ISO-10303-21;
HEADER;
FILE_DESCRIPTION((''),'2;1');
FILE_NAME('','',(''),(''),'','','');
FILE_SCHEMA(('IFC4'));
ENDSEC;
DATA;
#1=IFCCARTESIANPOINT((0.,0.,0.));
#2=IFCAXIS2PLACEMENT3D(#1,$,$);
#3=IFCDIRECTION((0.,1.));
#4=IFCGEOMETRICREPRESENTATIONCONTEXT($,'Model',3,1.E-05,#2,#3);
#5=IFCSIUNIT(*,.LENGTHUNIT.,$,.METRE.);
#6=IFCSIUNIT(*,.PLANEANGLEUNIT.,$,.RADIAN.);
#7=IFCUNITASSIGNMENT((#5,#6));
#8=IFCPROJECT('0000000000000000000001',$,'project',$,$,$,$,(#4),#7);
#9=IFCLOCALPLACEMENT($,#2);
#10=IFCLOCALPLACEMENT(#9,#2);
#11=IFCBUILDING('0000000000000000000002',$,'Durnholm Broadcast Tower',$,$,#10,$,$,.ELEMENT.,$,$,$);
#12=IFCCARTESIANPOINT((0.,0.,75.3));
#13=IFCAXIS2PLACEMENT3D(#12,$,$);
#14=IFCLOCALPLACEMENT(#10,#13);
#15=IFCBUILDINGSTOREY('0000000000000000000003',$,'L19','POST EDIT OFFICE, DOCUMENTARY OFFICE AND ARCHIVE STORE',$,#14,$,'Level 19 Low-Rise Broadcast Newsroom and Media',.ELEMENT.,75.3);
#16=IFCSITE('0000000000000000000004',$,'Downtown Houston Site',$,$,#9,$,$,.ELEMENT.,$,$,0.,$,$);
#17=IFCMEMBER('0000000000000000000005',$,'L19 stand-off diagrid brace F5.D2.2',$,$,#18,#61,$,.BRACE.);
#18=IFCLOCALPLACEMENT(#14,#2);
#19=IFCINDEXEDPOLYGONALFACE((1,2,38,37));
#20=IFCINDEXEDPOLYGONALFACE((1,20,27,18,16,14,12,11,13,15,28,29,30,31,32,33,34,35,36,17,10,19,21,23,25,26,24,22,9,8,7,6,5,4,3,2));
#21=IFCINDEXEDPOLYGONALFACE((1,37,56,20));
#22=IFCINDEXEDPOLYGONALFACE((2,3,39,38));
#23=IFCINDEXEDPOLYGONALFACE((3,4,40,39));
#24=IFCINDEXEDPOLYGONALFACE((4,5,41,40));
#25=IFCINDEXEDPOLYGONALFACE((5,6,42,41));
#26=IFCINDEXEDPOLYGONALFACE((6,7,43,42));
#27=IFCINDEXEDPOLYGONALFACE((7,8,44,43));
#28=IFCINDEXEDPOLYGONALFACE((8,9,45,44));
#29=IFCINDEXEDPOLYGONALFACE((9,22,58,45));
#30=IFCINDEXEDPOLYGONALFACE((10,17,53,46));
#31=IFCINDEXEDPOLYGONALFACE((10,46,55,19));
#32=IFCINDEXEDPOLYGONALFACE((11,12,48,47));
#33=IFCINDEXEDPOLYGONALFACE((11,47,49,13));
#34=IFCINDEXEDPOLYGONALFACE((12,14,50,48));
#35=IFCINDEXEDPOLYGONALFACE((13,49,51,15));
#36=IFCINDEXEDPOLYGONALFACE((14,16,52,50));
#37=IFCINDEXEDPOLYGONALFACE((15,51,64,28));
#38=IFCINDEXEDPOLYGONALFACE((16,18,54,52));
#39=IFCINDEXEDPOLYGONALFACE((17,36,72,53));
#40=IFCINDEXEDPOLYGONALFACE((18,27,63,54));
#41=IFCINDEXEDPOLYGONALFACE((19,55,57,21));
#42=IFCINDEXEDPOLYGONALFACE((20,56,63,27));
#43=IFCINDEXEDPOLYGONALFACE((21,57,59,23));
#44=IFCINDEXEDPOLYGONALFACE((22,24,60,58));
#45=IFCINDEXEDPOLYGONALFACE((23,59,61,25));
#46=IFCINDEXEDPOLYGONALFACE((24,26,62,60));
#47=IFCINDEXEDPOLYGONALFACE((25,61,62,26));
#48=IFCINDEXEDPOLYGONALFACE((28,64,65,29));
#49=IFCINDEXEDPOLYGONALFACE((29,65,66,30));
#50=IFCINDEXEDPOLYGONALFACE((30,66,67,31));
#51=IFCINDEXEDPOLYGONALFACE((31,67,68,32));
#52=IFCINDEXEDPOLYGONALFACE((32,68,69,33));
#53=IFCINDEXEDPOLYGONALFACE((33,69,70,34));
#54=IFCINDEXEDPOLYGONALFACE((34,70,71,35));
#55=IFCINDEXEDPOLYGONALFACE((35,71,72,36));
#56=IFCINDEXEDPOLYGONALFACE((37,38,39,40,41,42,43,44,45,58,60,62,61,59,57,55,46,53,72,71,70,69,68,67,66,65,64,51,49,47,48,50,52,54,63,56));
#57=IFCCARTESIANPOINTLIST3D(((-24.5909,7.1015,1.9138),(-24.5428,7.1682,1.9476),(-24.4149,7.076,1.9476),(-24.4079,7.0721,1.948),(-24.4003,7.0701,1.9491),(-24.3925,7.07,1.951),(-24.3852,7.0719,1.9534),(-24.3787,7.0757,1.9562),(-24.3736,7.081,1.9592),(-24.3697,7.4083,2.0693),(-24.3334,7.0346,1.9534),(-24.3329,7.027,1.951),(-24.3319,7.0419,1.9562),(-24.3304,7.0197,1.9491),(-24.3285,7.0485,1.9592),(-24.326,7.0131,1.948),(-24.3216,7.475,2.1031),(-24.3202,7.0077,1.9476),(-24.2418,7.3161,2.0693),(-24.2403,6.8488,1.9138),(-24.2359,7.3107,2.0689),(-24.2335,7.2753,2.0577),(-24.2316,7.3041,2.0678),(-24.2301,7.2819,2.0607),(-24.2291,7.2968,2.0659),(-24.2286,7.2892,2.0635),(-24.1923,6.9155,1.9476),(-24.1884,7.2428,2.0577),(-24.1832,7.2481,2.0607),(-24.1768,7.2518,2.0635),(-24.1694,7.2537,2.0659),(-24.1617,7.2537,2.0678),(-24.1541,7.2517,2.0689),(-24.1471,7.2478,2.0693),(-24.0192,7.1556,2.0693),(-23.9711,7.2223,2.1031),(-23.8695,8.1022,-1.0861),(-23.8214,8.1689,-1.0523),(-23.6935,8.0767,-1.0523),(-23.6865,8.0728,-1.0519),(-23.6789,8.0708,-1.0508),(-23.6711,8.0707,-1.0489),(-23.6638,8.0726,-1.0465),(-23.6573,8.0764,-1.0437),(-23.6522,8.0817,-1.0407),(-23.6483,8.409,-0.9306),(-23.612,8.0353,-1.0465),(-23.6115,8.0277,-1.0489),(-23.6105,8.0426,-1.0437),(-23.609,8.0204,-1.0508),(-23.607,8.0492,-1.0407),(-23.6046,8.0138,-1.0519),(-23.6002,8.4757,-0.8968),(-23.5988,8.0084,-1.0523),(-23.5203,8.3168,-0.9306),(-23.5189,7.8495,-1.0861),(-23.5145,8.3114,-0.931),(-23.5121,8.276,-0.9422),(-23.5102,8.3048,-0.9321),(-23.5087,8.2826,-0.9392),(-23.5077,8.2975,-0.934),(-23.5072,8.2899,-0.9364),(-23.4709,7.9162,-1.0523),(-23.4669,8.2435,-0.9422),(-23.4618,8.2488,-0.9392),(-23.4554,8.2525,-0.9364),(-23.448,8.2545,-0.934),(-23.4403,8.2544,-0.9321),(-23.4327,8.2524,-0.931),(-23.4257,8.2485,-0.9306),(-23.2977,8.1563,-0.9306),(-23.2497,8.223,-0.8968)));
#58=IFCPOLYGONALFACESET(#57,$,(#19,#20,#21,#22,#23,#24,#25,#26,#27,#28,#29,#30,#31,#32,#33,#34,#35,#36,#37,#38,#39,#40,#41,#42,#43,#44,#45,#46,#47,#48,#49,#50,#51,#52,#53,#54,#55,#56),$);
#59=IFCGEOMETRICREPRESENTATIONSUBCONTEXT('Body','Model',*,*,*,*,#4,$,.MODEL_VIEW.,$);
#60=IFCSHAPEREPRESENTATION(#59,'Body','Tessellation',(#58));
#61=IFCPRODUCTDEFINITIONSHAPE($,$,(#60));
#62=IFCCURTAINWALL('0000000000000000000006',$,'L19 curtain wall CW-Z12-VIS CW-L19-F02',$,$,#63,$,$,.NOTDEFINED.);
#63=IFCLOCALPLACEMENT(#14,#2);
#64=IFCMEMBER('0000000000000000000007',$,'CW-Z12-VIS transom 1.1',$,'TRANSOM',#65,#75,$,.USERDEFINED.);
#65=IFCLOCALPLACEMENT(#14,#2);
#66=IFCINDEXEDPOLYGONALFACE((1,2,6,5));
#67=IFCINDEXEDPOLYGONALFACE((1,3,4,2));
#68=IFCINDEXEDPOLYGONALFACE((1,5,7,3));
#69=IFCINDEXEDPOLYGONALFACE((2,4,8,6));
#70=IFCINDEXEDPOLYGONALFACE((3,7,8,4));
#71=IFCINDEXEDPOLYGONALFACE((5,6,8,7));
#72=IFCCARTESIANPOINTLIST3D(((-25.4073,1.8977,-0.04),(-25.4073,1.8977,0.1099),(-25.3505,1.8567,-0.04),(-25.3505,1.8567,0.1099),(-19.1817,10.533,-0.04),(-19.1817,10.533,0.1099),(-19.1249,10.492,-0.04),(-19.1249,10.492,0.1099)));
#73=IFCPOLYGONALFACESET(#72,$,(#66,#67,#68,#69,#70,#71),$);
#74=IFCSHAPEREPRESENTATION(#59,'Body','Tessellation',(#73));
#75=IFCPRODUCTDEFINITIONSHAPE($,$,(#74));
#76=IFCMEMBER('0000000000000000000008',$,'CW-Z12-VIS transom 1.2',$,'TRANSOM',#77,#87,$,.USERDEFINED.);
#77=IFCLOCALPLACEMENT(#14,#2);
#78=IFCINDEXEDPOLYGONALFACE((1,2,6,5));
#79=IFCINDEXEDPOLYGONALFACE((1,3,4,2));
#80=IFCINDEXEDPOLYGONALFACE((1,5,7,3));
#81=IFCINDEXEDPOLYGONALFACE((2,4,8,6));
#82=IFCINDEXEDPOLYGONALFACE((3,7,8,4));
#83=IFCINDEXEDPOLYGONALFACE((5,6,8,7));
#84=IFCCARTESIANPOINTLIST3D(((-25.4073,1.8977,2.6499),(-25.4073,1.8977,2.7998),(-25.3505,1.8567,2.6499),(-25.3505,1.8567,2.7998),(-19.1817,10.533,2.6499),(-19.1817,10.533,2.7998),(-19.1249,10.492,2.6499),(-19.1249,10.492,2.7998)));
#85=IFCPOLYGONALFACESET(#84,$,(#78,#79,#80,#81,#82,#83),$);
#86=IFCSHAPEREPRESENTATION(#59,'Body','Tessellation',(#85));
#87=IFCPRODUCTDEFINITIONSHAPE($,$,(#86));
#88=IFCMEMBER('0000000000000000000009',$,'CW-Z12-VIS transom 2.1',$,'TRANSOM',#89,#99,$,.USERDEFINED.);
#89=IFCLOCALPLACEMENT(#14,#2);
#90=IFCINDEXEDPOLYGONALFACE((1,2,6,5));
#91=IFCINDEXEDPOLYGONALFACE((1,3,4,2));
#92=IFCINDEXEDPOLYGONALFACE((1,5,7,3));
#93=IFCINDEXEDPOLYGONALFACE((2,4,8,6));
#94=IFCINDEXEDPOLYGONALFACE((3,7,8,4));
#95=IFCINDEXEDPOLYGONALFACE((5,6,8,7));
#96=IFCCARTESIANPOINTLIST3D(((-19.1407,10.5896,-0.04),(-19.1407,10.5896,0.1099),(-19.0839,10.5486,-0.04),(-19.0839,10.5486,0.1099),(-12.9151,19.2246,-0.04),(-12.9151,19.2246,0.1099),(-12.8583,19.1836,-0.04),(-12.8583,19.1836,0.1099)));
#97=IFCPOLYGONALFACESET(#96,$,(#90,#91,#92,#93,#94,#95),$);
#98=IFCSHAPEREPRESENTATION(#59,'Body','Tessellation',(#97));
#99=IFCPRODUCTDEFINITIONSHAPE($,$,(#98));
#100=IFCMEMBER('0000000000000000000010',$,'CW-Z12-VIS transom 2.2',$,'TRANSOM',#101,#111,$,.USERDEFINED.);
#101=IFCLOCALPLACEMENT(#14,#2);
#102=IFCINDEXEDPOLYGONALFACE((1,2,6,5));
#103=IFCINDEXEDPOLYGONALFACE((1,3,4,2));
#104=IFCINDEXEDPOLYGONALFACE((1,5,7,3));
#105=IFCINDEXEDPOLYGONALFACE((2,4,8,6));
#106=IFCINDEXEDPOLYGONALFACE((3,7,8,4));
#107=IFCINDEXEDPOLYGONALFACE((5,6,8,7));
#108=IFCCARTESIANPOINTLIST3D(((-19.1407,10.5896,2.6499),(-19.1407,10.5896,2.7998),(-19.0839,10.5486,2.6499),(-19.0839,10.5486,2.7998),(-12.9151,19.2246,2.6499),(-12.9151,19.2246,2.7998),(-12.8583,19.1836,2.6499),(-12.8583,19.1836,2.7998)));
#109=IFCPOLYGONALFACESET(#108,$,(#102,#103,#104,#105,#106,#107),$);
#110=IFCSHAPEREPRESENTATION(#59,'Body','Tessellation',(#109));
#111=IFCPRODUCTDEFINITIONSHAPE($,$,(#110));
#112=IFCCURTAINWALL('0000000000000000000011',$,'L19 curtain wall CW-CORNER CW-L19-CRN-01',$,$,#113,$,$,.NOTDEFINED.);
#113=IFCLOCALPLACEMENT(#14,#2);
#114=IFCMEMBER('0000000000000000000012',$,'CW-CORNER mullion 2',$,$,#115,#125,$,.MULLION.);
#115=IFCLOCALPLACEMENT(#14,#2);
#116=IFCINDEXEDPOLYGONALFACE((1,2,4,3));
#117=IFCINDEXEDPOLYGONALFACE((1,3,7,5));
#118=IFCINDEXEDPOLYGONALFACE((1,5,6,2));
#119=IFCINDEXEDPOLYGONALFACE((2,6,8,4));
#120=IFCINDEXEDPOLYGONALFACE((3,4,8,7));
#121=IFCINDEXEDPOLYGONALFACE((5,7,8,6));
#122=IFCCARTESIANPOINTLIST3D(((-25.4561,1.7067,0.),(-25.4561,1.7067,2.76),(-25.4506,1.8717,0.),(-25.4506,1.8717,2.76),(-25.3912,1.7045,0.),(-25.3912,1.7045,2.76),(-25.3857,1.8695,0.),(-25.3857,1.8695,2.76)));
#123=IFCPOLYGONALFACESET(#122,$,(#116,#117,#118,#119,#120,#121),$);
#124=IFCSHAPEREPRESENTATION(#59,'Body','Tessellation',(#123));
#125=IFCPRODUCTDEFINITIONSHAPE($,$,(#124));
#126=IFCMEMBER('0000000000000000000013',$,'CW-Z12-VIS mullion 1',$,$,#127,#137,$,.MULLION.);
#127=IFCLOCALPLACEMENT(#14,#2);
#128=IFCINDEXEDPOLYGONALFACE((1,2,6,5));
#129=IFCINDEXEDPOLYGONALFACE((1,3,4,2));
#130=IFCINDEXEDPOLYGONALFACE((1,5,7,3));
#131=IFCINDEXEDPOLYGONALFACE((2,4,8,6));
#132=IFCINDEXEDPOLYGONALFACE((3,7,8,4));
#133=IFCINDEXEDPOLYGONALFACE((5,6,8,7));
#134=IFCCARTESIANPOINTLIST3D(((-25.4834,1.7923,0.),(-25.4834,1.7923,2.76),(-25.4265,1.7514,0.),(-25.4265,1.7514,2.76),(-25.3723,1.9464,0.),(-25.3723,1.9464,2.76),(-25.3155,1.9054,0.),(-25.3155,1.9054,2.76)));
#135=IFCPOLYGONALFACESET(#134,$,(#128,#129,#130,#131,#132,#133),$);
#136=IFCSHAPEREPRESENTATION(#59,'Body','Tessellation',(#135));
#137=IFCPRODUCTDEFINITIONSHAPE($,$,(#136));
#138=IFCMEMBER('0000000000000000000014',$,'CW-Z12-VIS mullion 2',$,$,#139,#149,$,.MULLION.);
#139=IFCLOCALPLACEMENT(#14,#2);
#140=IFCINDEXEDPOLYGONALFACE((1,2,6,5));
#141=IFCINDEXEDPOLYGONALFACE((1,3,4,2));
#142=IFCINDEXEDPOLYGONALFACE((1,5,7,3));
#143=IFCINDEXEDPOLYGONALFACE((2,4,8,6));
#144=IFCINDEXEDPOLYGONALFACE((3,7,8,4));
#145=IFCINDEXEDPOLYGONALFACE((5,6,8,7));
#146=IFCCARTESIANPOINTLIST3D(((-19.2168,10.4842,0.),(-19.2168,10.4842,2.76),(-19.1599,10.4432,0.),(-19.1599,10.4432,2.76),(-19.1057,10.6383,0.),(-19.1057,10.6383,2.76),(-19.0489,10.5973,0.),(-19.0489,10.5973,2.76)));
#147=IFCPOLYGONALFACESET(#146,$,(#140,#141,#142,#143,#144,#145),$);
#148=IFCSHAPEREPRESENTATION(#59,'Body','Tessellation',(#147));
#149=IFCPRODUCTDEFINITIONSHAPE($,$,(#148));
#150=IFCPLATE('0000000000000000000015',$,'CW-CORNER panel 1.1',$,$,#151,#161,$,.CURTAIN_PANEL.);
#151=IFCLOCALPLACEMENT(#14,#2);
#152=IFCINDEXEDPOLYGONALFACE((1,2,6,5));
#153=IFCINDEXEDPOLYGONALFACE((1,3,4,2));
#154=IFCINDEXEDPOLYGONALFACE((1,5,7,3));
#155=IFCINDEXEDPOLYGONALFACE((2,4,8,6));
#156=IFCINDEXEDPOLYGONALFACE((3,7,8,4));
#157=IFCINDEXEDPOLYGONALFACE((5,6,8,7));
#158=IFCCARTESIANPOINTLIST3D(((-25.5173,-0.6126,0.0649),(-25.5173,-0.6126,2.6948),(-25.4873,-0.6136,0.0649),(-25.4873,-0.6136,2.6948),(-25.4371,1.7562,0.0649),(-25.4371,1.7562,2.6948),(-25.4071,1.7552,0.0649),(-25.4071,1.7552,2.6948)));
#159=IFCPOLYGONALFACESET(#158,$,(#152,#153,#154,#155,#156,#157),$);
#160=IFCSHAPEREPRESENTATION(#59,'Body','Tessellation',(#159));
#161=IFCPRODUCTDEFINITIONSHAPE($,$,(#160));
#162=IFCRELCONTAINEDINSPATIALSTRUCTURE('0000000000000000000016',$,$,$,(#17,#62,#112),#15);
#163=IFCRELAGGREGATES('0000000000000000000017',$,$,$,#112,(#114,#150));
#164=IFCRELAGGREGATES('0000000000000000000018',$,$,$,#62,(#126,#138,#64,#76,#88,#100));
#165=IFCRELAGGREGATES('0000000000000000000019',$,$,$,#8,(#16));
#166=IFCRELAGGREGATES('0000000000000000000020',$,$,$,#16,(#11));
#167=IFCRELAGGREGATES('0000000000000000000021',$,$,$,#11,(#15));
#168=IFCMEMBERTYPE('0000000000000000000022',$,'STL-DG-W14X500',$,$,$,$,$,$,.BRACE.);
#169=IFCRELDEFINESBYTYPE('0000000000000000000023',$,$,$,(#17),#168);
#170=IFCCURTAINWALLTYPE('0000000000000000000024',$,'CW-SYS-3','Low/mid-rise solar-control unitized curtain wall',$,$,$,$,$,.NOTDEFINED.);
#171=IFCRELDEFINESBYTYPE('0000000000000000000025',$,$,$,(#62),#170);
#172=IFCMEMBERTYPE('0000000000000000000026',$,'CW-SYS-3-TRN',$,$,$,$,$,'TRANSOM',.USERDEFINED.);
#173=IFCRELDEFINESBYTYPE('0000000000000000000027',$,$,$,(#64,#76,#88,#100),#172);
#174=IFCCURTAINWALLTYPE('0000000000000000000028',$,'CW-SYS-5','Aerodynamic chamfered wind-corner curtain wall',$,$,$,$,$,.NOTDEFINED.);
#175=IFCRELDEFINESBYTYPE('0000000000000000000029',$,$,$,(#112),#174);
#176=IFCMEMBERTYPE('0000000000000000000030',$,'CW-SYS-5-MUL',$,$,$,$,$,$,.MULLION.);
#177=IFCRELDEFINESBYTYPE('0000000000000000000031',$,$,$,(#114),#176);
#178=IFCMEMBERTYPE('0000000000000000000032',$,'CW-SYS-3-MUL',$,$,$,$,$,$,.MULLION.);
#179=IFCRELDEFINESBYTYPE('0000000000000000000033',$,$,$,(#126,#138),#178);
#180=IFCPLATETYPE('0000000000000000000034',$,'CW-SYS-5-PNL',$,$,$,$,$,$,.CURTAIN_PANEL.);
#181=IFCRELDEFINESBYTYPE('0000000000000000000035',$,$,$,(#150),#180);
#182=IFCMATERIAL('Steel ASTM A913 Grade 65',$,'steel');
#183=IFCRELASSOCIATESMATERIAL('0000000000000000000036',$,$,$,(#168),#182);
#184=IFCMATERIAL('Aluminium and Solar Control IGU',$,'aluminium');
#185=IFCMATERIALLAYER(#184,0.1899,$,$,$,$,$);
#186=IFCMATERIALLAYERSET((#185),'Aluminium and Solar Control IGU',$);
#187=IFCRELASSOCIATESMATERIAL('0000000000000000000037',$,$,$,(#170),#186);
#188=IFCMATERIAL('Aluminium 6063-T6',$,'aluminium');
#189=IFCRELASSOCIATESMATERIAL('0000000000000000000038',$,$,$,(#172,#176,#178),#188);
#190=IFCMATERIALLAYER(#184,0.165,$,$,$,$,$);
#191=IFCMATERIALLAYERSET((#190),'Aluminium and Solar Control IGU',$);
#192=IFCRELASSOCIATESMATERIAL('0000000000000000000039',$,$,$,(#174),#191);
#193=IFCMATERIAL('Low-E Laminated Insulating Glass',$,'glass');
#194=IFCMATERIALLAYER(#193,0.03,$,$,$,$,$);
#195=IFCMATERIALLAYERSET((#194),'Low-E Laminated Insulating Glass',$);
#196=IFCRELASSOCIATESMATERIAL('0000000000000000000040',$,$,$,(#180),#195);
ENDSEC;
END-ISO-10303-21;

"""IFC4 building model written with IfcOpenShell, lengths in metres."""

from ifc_helpers import new_model, si_unit, direction, frame, origin, origin_2d, place, context, subcontext, project, spatial, rectangle, i_section, extrude, source, transform, mapped, material, layer, layer_set, material_profile, profile_set, type_object, type_shapes, element, aggregate, save


model = new_model("IFC4")

# Units and contexts
model_context = context("Model", 3, precision=1e-05, world=origin(), true_north=direction((0.0, 1.0)))
body_context = subcontext(model_context, "Body", "Model", "MODEL_VIEW")
ifc_project = project(units=[si_unit("LENGTHUNIT", "METRE"), si_unit("PLANEANGLEUNIT", "RADIAN")], contexts=[model_context])

# Site, building, storey
site_placement = place(None, origin())
site = spatial("IfcSite", under=ifc_project, at=site_placement, Name="Downtown Houston Site", CompositionType="ELEMENT", RefElevation=0.0)
building_placement = place(site_placement, origin())
building = spatial("IfcBuilding", under=site, at=building_placement, Name="Durnholm Broadcast Tower", CompositionType="ELEMENT")
storey_placement = place(building_placement, frame((0.0, 0.0, 75.3)))
storey = spatial("IfcBuildingStorey", under=building, at=storey_placement, Name="L19", Description="POST EDIT OFFICE, DOCUMENTARY OFFICE AND ARCHIVE STORE", LongName="Level 19 Low-Rise Broadcast Newsroom and Media", CompositionType="ELEMENT", Elevation=75.3)

# Member
ifc_material_1 = material(Name="Steel ASTM A913 Grade 65", Category="steel")
ifc_material_profile_1 = material_profile(ifc_material_1, i_section(OverallWidth=0.4321, OverallDepth=0.4978, WebThickness=0.0557, FlangeThickness=0.0889, FilletRadius=0.0305, at=origin_2d()), Name="W14X500")
ifc_profile_set_1 = profile_set([ifc_material_profile_1], Name="Steel ASTM A913 Grade 65")
member_type_1 = type_object("IfcMemberType", Name="STL-DG-W14X500", PredefinedType="BRACE", material=ifc_profile_set_1)
shared_shape_1 = source(origin(), body_context, "Body", "SweptSolid", [
    extrude(i_section(OverallWidth=0.4321, OverallDepth=0.4978, WebThickness=0.0557, FlangeThickness=0.0889, FilletRadius=0.0305, at=origin_2d()), origin(), (0.0, 0.0, 1.0), 3.2437),
])
member_1_placement = place(storey_placement, frame((-23.5596, 8.1626, -0.9915), z_axis=(-0.222408, -0.308511, 0.924855), x_axis=(0.811185, -0.584789, 0.0)))
element("IfcMember", 1, at=member_1_placement, inside=storey, type_object=member_type_1, Name="L19 stand-off diagrid brace F5.D2.2", PredefinedType="BRACE", context=body_context, shape_type="MappedRepresentation", body=[
    mapped(shared_shape_1, transform((0.0, 0.0, 0.0), x_axis=(1.0, 0.0, 0.0), y_axis=(0.0, 1.0, 0.0), z_axis=(0.0, 0.0, 1.0), scale=1.0)),
])

# Curtain wall, members
ifc_material_2 = material(Name="Aluminium and Solar Control IGU", Category="aluminium")
ifc_layer_1 = layer(ifc_material_2, 0.1899)
ifc_layer_set_1 = layer_set([ifc_layer_1], Name="Aluminium and Solar Control IGU")
curtain_wall_type_1 = type_object("IfcCurtainWallType", Name="CW-SYS-3", Description="Low/mid-rise solar-control unitized curtain wall", PredefinedType="NOTDEFINED", material=ifc_layer_set_1)
curtain_wall_1_placement = place(storey_placement, origin())
curtain_wall_1 = element("IfcCurtainWall", 2, at=curtain_wall_1_placement, inside=storey, type_object=curtain_wall_type_1, Name="L19 curtain wall CW-Z12-VIS CW-L19-F02", PredefinedType="NOTDEFINED")
ifc_material_3 = material(Name="Aluminium 6063-T6", Category="aluminium")
ifc_material_profile_2 = material_profile(ifc_material_3, rectangle(XDim=0.0701, YDim=0.1499, at=origin_2d()), Name="CWT70X150")
ifc_profile_set_2 = profile_set([ifc_material_profile_2], Name="Aluminium 6063-T6")
member_type_2 = type_object("IfcMemberType", Name="CW-SYS-3-TRN", ElementType="TRANSOM", PredefinedType="USERDEFINED", material=ifc_profile_set_2)
shared_shape_2 = source(origin(), body_context, "Body", "SweptSolid", [
    extrude(rectangle(XDim=0.0701, YDim=0.1499, at=origin_2d()), origin(), (0.0, 0.0, 1.0), 10.6455),
])
member_2_placement = place(storey_placement, frame((-25.3789, 1.8772, 0.0349), z_axis=(0.584812, 0.811169, 0.0), x_axis=(-0.811169, 0.584812, 0.0)))
member_2 = element("IfcMember", 3, at=member_2_placement, type_object=member_type_2, Name="CW-Z12-VIS transom 1.1", ObjectType="TRANSOM", PredefinedType="USERDEFINED", context=body_context, shape_type="MappedRepresentation", body=[
    mapped(shared_shape_2, transform((0.0, 0.0, 0.0), x_axis=(1.0, 0.0, 0.0), y_axis=(0.0, 1.0, 0.0), z_axis=(0.0, 0.0, 1.0), scale=1.0)),
])
member_3_placement = place(storey_placement, frame((-25.3789, 1.8772, 2.7249), z_axis=(0.584812, 0.811169, 0.0), x_axis=(-0.811169, 0.584812, 0.0)))
member_3 = element("IfcMember", 4, at=member_3_placement, type_object=member_type_2, Name="CW-Z12-VIS transom 1.2", ObjectType="TRANSOM", PredefinedType="USERDEFINED", context=body_context, shape_type="MappedRepresentation", body=[
    mapped(shared_shape_2, transform((0.0, 0.0, 0.0), x_axis=(1.0, 0.0, 0.0), y_axis=(0.0, 1.0, 0.0), z_axis=(0.0, 0.0, 1.0), scale=1.0)),
])
shared_shape_3 = source(origin(), body_context, "Body", "SweptSolid", [
    extrude(rectangle(XDim=0.0701, YDim=0.1499, at=origin_2d()), origin(), (0.0, 0.0, 1.0), 10.6453),
])
type_shapes(member_type_2, [shared_shape_2, shared_shape_3])
member_4_placement = place(storey_placement, frame((-19.1123, 10.5691, 0.0349), z_axis=(0.584823, 0.811161, 0.0), x_axis=(-0.811161, 0.584823, 0.0)))
member_4 = element("IfcMember", 5, at=member_4_placement, type_object=member_type_2, Name="CW-Z12-VIS transom 2.1", ObjectType="TRANSOM", PredefinedType="USERDEFINED", context=body_context, shape_type="MappedRepresentation", body=[
    mapped(shared_shape_3, transform((0.0, 0.0, 0.0), x_axis=(1.0, 0.0, 0.0), y_axis=(0.0, 1.0, 0.0), z_axis=(0.0, 0.0, 1.0), scale=1.0)),
])
member_5_placement = place(storey_placement, frame((-19.1123, 10.5691, 2.7249), z_axis=(0.584823, 0.811161, 0.0), x_axis=(-0.811161, 0.584823, 0.0)))
member_5 = element("IfcMember", 6, at=member_5_placement, type_object=member_type_2, Name="CW-Z12-VIS transom 2.2", ObjectType="TRANSOM", PredefinedType="USERDEFINED", context=body_context, shape_type="MappedRepresentation", body=[
    mapped(shared_shape_3, transform((0.0, 0.0, 0.0), x_axis=(1.0, 0.0, 0.0), y_axis=(0.0, 1.0, 0.0), z_axis=(0.0, 0.0, 1.0), scale=1.0)),
])

# Curtain wall, member
ifc_layer_2 = layer(ifc_material_2, 0.165)
ifc_layer_set_2 = layer_set([ifc_layer_2], Name="Aluminium and Solar Control IGU")
curtain_wall_type_2 = type_object("IfcCurtainWallType", Name="CW-SYS-5", Description="Aerodynamic chamfered wind-corner curtain wall", PredefinedType="NOTDEFINED", material=ifc_layer_set_2)
curtain_wall_2_placement = place(storey_placement, origin())
curtain_wall_2 = element("IfcCurtainWall", 7, at=curtain_wall_2_placement, inside=storey, type_object=curtain_wall_type_2, Name="L19 curtain wall CW-CORNER CW-L19-CRN-01", PredefinedType="NOTDEFINED")
ifc_material_profile_3 = material_profile(ifc_material_3, rectangle(XDim=0.0649, YDim=0.165, at=origin_2d()), Name="CWM65X165")
ifc_profile_set_3 = profile_set([ifc_material_profile_3], Name="Aluminium 6063-T6")
member_type_3 = type_object("IfcMemberType", Name="CW-SYS-5-MUL", PredefinedType="MULLION", material=ifc_profile_set_3)
shared_shape_4 = source(origin(), body_context, "Body", "SweptSolid", [
    extrude(rectangle(XDim=0.0649, YDim=0.165, at=origin_2d()), origin(), (0.0, 0.0, 1.0), 2.76),
])
type_shapes(member_type_3, [shared_shape_4])
member_6_placement = place(storey_placement, frame((-25.4209, 1.7881, 0.0), z_axis=(0.0, 0.0, 1.0), x_axis=(-0.999427, 0.03384, 0.0)))
member_6 = element("IfcMember", 8, at=member_6_placement, type_object=member_type_3, Name="CW-CORNER mullion 2", PredefinedType="MULLION", context=body_context, shape_type="MappedRepresentation", body=[
    mapped(shared_shape_4, transform((0.0, 0.0, 0.0), x_axis=(1.0, 0.0, 0.0), y_axis=(0.0, 1.0, 0.0), z_axis=(0.0, 0.0, 1.0), scale=1.0)),
])

# Members
ifc_material_profile_4 = material_profile(ifc_material_3, rectangle(XDim=0.0701, YDim=0.1899, at=origin_2d()), Name="CWM70X190")
ifc_profile_set_4 = profile_set([ifc_material_profile_4], Name="Aluminium 6063-T6")
member_type_4 = type_object("IfcMemberType", Name="CW-SYS-3-MUL", PredefinedType="MULLION", material=ifc_profile_set_4)
shared_shape_5 = source(origin(), body_context, "Body", "SweptSolid", [
    extrude(rectangle(XDim=0.0701, YDim=0.1899, at=origin_2d()), origin(), (0.0, 0.0, 1.0), 2.76),
])
type_shapes(member_type_4, [shared_shape_5])
member_7_placement = place(storey_placement, frame((-25.3994, 1.8489, 0.0), z_axis=(0.0, 0.0, 1.0), x_axis=(-0.811161, 0.584823, 0.0)))
member_7 = element("IfcMember", 9, at=member_7_placement, type_object=member_type_4, Name="CW-Z12-VIS mullion 1", PredefinedType="MULLION", context=body_context, shape_type="MappedRepresentation", body=[
    mapped(shared_shape_5, transform((0.0, 0.0, 0.0), x_axis=(1.0, 0.0, 0.0), y_axis=(0.0, 1.0, 0.0), z_axis=(0.0, 0.0, 1.0), scale=1.0)),
])
member_8_placement = place(storey_placement, frame((-19.1328, 10.5408, 0.0), z_axis=(0.0, 0.0, 1.0), x_axis=(-0.811161, 0.584823, 0.0)))
member_8 = element("IfcMember", 10, at=member_8_placement, type_object=member_type_4, Name="CW-Z12-VIS mullion 2", PredefinedType="MULLION", context=body_context, shape_type="MappedRepresentation", body=[
    mapped(shared_shape_5, transform((0.0, 0.0, 0.0), x_axis=(1.0, 0.0, 0.0), y_axis=(0.0, 1.0, 0.0), z_axis=(0.0, 0.0, 1.0), scale=1.0)),
])

# Plate
ifc_material_4 = material(Name="Low-E Laminated Insulating Glass", Category="glass")
ifc_layer_3 = layer(ifc_material_4, 0.03)
ifc_layer_set_3 = layer_set([ifc_layer_3], Name="Low-E Laminated Insulating Glass")
plate_type_1 = type_object("IfcPlateType", Name="CW-SYS-5-PNL", PredefinedType="CURTAIN_PANEL", material=ifc_layer_set_3)
shared_shape_6 = source(origin(), body_context, "Body", "SweptSolid", [
    extrude(rectangle(XDim=2.3701, YDim=0.03, at=origin_2d()), origin(), (0.0, 0.0, 1.0), 2.6299),
])
type_shapes(plate_type_1, [shared_shape_6])
plate_1_placement = place(storey_placement, frame((-25.4622, 0.5713, 0.0649), z_axis=(0.0, 0.0, 1.0), x_axis=(0.03384, 0.999427, 0.0)))
plate_1 = element("IfcPlate", 11, at=plate_1_placement, type_object=plate_type_1, Name="CW-CORNER panel 1.1", PredefinedType="CURTAIN_PANEL", context=body_context, shape_type="MappedRepresentation", body=[
    mapped(shared_shape_6, transform((0.0, 0.0, 0.0), x_axis=(1.0, 0.0, 0.0), y_axis=(0.0, 1.0, 0.0), z_axis=(0.0, 0.0, 1.0), scale=1.0)),
])
aggregate(curtain_wall_2, [member_6, plate_1])
aggregate(curtain_wall_1, [member_7, member_8, member_2, member_3, member_4, member_5])

save(model, "model.ifc")
